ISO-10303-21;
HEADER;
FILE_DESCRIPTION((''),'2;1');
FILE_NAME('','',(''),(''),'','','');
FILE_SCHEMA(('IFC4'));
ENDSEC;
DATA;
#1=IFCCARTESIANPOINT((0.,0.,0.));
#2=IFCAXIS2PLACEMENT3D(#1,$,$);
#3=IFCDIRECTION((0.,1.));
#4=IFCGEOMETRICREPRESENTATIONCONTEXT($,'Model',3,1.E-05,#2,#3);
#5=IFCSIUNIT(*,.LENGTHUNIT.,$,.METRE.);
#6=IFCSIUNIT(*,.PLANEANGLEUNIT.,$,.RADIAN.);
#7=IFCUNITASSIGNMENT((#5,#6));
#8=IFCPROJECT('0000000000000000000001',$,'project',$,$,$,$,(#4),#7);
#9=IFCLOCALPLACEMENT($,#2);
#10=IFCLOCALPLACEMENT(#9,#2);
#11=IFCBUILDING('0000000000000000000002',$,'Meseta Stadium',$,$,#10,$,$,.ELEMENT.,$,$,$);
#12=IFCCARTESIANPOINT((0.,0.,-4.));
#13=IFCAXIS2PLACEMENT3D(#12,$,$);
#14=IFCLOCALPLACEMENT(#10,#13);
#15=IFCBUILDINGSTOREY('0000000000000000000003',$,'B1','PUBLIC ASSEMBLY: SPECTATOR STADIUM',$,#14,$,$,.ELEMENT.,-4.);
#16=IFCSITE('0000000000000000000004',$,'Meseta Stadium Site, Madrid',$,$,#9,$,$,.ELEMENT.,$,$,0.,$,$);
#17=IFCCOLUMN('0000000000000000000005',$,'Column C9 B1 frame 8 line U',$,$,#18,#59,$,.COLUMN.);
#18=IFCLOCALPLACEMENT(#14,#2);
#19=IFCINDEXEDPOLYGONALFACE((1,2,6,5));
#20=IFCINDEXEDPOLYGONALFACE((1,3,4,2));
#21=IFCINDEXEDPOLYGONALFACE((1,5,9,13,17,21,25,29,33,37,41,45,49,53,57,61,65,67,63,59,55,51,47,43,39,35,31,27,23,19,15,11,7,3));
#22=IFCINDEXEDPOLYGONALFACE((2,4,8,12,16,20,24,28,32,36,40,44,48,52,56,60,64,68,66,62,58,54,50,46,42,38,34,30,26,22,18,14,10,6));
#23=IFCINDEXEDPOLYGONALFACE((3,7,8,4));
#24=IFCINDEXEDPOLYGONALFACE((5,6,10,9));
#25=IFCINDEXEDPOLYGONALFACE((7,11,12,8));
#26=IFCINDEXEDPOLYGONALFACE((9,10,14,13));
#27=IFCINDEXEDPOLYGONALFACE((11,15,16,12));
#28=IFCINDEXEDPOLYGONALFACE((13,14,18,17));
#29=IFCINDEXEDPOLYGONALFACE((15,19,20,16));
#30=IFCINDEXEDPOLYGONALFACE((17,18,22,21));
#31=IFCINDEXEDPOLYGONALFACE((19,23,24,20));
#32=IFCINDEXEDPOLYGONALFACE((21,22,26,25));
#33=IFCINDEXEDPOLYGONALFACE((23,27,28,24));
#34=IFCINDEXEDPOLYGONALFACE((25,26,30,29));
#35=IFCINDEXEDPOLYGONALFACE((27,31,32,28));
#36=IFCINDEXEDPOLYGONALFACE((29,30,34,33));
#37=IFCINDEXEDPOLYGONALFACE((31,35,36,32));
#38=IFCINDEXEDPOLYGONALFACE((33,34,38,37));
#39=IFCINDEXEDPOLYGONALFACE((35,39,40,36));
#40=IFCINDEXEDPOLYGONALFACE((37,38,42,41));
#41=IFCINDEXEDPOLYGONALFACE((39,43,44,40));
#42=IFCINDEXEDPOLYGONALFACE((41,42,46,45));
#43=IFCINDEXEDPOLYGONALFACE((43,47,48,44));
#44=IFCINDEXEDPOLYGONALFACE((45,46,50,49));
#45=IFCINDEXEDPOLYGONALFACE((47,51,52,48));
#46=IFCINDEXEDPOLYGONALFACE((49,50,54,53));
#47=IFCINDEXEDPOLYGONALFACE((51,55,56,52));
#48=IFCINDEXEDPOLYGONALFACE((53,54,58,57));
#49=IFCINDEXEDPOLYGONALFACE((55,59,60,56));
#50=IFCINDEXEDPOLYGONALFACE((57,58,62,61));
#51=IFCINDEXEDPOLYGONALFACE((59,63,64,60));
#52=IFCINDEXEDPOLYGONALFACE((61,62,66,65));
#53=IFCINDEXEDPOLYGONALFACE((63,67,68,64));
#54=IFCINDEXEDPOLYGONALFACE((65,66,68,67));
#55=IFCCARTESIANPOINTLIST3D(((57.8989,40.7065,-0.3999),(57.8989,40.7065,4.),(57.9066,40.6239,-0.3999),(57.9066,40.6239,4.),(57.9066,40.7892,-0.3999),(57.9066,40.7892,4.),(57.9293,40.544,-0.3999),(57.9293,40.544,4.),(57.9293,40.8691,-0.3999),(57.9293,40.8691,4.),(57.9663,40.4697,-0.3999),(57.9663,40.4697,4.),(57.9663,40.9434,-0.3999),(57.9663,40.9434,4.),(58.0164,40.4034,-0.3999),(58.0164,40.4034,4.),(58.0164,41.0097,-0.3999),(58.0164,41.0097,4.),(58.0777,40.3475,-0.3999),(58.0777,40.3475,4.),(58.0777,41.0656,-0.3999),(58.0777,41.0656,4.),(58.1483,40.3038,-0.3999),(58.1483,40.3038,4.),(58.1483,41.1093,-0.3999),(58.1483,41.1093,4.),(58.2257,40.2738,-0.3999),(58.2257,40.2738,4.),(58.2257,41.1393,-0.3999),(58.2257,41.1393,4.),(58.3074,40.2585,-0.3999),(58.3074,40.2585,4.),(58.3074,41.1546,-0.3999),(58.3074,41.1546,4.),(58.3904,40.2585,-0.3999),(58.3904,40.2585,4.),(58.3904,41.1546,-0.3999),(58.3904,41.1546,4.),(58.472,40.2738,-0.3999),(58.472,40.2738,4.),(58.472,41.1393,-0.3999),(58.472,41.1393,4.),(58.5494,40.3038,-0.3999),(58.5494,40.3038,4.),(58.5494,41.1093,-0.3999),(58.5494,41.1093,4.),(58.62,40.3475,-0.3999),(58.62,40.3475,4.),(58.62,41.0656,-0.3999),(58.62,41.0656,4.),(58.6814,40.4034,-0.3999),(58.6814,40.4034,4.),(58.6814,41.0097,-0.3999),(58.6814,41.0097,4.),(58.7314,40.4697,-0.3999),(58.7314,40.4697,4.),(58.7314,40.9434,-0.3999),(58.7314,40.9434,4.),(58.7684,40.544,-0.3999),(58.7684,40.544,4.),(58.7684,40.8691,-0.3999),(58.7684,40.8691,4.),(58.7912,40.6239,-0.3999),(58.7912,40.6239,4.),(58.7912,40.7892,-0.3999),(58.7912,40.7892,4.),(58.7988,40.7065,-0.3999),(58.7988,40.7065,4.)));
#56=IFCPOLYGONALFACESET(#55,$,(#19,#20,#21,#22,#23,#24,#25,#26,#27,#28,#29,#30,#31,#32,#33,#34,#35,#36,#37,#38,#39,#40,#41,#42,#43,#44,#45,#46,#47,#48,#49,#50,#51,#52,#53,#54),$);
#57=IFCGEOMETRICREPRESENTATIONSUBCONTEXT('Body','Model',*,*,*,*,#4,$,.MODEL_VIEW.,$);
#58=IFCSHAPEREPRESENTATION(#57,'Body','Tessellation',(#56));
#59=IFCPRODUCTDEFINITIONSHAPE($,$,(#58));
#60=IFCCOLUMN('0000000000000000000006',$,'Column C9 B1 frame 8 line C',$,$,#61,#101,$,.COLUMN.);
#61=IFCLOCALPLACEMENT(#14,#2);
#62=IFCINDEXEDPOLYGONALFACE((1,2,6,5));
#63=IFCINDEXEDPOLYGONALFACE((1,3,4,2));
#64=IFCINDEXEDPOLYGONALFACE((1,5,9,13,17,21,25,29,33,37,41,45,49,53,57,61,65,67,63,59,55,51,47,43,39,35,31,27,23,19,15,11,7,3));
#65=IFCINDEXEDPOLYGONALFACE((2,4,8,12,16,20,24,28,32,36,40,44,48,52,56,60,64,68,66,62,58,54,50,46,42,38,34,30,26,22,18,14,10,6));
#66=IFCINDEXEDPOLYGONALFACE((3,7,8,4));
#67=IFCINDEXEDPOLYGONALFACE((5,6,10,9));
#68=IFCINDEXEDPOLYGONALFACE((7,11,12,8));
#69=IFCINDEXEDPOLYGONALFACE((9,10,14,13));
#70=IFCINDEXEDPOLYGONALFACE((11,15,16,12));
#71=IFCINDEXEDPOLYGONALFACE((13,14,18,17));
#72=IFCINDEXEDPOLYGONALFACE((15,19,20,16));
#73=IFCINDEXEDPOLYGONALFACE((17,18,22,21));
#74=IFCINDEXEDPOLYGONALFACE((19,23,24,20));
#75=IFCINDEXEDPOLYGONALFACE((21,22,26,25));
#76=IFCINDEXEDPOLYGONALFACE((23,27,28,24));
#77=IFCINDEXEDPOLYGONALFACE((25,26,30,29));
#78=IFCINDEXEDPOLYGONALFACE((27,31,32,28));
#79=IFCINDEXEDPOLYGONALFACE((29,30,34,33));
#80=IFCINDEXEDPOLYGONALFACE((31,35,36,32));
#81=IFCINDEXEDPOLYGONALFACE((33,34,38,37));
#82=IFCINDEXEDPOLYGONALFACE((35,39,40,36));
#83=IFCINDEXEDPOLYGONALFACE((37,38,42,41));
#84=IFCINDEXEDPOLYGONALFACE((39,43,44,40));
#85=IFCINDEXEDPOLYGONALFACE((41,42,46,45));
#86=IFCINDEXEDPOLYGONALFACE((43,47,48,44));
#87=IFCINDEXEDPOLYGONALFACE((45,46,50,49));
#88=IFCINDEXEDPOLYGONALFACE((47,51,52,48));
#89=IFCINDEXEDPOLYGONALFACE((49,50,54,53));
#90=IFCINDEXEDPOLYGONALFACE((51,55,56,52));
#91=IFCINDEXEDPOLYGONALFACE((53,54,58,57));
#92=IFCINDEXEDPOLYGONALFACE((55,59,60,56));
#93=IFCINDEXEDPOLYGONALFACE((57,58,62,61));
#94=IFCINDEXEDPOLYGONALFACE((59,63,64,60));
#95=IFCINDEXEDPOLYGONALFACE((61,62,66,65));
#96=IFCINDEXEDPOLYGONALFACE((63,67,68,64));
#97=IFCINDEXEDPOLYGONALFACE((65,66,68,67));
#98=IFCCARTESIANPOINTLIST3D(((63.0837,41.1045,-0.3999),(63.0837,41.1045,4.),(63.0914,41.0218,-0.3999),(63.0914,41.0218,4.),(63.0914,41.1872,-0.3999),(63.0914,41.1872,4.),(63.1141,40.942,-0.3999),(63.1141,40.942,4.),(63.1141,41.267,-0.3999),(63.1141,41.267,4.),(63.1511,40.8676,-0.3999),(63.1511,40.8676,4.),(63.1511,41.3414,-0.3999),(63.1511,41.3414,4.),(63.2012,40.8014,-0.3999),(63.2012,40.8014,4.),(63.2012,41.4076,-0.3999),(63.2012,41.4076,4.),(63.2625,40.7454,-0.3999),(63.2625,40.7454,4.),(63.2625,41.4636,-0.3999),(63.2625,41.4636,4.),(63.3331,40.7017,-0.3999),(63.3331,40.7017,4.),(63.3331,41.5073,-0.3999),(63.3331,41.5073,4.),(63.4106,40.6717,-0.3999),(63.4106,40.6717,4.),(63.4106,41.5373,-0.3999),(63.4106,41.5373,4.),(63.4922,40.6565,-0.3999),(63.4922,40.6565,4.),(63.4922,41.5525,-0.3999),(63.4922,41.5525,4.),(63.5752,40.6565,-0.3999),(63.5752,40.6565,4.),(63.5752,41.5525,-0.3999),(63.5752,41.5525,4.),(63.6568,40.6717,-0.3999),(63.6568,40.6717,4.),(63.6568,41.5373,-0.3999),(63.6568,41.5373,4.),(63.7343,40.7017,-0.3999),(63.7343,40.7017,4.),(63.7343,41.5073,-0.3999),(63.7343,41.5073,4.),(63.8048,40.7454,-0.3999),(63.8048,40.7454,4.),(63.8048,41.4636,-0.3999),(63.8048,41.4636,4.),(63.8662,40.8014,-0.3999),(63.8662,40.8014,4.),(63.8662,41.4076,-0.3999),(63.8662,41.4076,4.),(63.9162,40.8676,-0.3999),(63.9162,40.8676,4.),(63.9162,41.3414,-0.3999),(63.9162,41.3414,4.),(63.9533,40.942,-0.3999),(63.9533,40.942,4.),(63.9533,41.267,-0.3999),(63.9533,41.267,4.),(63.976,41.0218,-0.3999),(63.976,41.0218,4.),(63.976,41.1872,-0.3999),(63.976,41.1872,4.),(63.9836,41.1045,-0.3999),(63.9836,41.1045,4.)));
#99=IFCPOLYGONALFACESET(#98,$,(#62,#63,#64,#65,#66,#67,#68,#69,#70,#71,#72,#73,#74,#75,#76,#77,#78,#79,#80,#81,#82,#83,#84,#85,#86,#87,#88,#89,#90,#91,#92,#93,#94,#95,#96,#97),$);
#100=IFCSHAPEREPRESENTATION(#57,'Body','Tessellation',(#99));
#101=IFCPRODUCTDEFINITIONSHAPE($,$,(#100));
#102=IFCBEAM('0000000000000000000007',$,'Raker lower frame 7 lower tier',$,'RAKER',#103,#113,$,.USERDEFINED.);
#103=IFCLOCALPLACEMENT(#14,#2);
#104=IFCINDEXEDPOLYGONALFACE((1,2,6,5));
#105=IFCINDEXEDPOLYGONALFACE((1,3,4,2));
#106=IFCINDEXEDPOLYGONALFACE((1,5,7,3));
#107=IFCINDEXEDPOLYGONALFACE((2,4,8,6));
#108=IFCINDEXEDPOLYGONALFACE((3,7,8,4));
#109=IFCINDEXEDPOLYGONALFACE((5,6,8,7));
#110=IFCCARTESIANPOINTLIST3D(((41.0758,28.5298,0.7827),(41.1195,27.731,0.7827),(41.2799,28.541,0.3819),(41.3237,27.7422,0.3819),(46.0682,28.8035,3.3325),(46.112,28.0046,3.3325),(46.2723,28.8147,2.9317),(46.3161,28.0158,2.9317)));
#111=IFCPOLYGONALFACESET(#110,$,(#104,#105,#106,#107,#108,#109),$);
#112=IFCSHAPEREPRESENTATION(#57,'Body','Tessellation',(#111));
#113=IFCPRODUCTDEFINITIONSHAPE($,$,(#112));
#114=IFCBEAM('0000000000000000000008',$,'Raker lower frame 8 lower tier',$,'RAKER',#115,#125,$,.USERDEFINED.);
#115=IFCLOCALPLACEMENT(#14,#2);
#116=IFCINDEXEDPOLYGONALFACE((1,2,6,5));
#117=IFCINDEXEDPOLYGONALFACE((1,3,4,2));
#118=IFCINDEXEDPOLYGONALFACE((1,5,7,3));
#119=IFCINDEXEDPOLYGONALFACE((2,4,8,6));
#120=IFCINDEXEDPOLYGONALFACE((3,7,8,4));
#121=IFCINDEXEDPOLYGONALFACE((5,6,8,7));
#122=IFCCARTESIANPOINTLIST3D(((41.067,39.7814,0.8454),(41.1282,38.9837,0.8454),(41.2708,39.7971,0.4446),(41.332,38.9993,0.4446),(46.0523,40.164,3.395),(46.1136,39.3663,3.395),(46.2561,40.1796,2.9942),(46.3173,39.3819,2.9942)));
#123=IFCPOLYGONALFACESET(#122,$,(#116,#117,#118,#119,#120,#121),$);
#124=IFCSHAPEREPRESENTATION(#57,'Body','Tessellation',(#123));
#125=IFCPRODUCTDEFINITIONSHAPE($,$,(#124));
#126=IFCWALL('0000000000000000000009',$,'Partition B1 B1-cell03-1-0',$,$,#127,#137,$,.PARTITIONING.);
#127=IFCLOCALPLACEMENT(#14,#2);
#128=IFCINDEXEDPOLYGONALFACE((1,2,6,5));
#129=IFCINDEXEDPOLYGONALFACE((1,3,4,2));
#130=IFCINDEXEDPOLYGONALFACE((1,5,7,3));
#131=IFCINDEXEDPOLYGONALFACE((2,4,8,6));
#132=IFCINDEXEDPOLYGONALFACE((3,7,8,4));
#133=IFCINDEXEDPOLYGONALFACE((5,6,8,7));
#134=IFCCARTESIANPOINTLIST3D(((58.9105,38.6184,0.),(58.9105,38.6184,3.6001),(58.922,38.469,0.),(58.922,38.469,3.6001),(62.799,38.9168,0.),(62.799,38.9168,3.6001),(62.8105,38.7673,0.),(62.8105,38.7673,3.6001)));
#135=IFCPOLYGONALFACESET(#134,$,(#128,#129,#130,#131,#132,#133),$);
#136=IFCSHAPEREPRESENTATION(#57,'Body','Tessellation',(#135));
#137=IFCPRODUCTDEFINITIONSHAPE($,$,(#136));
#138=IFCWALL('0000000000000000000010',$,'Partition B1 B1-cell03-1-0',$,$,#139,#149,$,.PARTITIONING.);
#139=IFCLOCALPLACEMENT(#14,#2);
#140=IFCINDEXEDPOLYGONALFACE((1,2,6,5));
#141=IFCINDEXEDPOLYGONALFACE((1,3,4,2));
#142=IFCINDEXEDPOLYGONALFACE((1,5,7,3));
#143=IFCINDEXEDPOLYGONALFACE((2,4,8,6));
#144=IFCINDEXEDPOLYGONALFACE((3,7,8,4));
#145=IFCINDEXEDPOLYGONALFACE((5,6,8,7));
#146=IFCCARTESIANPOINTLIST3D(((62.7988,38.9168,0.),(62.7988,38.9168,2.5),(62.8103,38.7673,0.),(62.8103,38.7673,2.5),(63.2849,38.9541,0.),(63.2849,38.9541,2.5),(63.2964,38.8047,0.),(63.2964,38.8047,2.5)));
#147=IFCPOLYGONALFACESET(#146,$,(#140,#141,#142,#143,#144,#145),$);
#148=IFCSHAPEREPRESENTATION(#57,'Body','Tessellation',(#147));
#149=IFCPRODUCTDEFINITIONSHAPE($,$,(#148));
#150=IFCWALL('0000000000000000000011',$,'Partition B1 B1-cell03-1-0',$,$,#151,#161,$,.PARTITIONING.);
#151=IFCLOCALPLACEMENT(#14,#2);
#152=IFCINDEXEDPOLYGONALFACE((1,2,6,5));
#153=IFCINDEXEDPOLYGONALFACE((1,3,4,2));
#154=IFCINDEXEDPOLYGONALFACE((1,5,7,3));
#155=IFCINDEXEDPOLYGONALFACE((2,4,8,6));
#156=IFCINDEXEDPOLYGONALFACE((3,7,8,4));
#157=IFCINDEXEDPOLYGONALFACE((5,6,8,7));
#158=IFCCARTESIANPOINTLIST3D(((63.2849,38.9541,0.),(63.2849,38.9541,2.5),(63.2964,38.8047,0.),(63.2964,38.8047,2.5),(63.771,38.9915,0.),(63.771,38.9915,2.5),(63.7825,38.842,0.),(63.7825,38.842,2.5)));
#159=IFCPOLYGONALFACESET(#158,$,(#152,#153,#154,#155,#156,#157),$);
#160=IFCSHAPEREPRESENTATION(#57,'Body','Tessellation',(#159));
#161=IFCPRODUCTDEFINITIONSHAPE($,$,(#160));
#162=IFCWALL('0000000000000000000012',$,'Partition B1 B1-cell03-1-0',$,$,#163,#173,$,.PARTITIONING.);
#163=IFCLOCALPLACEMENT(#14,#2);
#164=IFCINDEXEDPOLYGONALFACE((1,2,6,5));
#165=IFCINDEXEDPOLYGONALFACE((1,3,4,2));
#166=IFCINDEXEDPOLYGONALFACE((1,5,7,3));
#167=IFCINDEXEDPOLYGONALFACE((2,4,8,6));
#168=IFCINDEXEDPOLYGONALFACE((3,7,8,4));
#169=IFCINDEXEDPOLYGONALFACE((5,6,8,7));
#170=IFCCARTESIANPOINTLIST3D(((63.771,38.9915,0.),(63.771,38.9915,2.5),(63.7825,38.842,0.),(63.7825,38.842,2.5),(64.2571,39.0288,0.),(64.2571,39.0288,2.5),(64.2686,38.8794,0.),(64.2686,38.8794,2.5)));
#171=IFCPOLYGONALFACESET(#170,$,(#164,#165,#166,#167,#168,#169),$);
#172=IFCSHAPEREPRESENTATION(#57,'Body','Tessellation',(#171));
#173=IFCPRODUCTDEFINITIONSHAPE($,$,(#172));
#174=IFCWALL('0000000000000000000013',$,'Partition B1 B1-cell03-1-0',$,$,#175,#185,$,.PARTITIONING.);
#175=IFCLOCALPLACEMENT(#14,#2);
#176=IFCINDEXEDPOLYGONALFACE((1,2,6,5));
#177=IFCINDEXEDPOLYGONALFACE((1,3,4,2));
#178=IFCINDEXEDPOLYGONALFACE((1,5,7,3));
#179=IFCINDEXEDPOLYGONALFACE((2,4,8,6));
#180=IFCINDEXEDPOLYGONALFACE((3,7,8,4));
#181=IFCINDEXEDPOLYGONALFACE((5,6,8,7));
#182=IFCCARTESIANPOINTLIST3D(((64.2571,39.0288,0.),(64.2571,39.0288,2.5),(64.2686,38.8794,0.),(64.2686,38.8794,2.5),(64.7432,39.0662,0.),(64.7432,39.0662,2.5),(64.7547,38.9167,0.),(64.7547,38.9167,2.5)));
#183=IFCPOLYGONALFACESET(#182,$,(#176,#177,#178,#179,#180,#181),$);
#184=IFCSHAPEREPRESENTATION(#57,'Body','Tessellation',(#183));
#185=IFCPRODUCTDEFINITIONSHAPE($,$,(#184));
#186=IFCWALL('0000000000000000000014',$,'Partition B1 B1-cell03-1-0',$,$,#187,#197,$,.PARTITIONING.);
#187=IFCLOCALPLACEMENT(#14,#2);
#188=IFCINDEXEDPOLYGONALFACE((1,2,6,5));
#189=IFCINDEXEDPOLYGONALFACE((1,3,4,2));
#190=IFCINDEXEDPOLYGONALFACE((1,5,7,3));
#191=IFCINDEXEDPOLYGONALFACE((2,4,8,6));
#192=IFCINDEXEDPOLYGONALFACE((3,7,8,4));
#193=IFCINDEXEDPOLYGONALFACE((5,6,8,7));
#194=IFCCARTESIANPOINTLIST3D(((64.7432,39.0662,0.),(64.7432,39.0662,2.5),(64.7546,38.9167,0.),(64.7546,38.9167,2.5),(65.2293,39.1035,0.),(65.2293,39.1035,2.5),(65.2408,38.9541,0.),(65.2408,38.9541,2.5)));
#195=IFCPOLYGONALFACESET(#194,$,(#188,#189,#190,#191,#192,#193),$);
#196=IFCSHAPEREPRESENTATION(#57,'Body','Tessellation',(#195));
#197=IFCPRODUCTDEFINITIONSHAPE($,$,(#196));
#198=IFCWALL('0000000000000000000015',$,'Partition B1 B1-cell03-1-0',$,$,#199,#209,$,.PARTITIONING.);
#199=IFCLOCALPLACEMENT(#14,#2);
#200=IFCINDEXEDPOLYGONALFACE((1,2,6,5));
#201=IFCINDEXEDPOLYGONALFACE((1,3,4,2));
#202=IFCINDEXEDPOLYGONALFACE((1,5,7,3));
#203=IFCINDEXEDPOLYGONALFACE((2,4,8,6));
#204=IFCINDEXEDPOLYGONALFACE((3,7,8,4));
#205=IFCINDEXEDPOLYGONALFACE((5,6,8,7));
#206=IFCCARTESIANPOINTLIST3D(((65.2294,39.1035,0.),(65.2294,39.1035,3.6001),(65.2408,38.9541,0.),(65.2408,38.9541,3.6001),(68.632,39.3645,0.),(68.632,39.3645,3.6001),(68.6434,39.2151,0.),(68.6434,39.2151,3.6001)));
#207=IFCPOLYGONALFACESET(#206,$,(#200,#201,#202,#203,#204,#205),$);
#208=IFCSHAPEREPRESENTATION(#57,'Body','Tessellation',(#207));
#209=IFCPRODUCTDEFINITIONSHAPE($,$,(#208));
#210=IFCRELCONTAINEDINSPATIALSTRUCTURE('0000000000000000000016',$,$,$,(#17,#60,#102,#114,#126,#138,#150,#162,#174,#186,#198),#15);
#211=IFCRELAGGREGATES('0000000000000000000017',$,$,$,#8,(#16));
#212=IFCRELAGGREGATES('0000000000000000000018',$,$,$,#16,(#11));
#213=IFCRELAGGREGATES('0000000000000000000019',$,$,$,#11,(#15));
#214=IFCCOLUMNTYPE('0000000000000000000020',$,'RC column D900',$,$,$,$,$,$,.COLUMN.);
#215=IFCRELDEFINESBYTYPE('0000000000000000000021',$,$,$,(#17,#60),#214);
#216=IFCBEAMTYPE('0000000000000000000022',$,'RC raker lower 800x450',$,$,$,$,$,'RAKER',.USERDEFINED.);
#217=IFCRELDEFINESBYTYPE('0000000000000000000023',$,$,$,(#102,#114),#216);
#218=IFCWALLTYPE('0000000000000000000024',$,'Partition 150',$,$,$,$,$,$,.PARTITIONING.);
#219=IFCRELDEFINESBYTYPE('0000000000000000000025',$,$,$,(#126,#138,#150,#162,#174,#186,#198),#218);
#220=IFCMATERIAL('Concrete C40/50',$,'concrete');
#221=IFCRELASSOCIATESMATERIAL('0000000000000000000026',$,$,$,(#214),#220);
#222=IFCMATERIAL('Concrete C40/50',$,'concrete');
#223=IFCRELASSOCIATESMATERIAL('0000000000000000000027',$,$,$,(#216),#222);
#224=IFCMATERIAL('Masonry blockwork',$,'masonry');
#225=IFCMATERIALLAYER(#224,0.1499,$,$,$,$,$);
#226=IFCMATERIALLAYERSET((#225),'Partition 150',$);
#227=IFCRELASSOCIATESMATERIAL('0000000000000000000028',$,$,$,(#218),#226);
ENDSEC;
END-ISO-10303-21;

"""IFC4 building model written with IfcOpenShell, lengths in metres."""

from ifc_helpers import new_model, si_unit, direction, frame, frame_2d, origin, origin_2d, place, context, subcontext, project, spatial, rectangle, circle, extrude, material, layer, layer_set, material_profile, profile_set, type_object, element, save


model = new_model("IFC4")

# Units and contexts
model_context = context("Model", 3, precision=1e-05, world=origin(), true_north=direction((0.0, 1.0)))
body_context = subcontext(model_context, "Body", "Model", "MODEL_VIEW")
ifc_project = project(units=[si_unit("LENGTHUNIT", "METRE"), si_unit("PLANEANGLEUNIT", "RADIAN")], contexts=[model_context])

# Site, building, storey
site_placement = place(None, origin())
site = spatial("IfcSite", under=ifc_project, at=site_placement, Name="Meseta Stadium Site, Madrid", CompositionType="ELEMENT", RefElevation=0.0)
building_placement = place(site_placement, origin())
building = spatial("IfcBuilding", under=site, at=building_placement, Name="Meseta Stadium", CompositionType="ELEMENT")
storey_placement = place(building_placement, frame((0.0, 0.0, -4.0)))
storey = spatial("IfcBuildingStorey", under=building, at=storey_placement, Name="B1", Description="PUBLIC ASSEMBLY: SPECTATOR STADIUM", CompositionType="ELEMENT", Elevation=-4.0)

# Columns
ifc_material_1 = material(Name="Concrete C40/50", Category="concrete")
ifc_material_profile_1 = material_profile(ifc_material_1, circle(Radius=0.45, at=origin_2d()), Name="RC D900")
ifc_profile_set_1 = profile_set([ifc_material_profile_1], Name="Concrete C40/50")
column_type_1 = type_object("IfcColumnType", Name="RC column D900", PredefinedType="COLUMN", material=ifc_profile_set_1)
for number, where, z_axis, x_axis, name in (
    (1, (58.3489, 40.7065, -0.3999), (0.0, 0.0, 1.0), (1.0, 0.0, 0.0), "Column C9 B1 frame 8 line U"),
    (2, (63.5337, 41.1045, -0.3999), (0.0, 0.0, 1.0), (1.0, 0.0, 0.0), "Column C9 B1 frame 8 line C"),
):
    element("IfcColumn", number, at=place(storey_placement, frame(where, z_axis=z_axis, x_axis=x_axis)), inside=storey, type_object=column_type_1, Name=name, PredefinedType="COLUMN", context=body_context, shape_type="SweptSolid", body=[
        extrude(circle(Radius=0.45, at=origin_2d()), origin(), (0.0, 0.0, 1.0), 4.3999),
    ])

# Beams
ifc_material_2 = material(Name="Concrete C40/50", Category="concrete")
ifc_material_profile_2 = material_profile(ifc_material_2, rectangle(XDim=0.8, YDim=0.45, at=origin_2d()), Name="RC 800x450")
ifc_profile_set_2 = profile_set([ifc_material_profile_2], Name="Concrete C40/50")
beam_type = type_object("IfcBeamType", Name="RC raker lower 800x450", ElementType="RAKER", PredefinedType="USERDEFINED", material=ifc_profile_set_2)
for number, where, z_axis, x_axis, name in (
    (3, (41.1997, 28.136, 0.5823), (0.889511, 0.048762, 0.454304), (-0.054737, 0.998501, 0.0), "Raker lower frame 7 lower tier"),
    (4, (41.1995, 39.3904, 0.645), (0.888256, 0.068163, 0.454263), (-0.076514, 0.997069, 0.0), "Raker lower frame 8 lower tier"),
):
    element("IfcBeam", number, at=place(storey_placement, frame(where, z_axis=z_axis, x_axis=x_axis)), inside=storey, type_object=beam_type, Name=name, ObjectType="RAKER", PredefinedType="USERDEFINED", context=body_context, shape_type="SweptSolid", body=[
        extrude(rectangle(XDim=0.8, YDim=0.45, at=origin_2d()), origin(), (0.0, 0.0, 1.0), 5.6125),
    ])

# Walls
ifc_material_3 = material(Name="Masonry blockwork", Category="masonry")
ifc_layer_1 = layer(ifc_material_3, 0.1499)
ifc_layer_set_1 = layer_set([ifc_layer_1], Name="Partition 150")
wall_type_1 = type_object("IfcWallType", Name="Partition 150", PredefinedType="PARTITIONING", material=ifc_layer_set_1)
wall_1_placement = place(storey_placement, frame((58.9163, 38.5437, 0.0), z_axis=(0.0, 0.0, 1.0), x_axis=(0.99707, 0.0765, 0.0)))
element("IfcWall", 5, at=wall_1_placement, inside=storey, type_object=wall_type_1, Name="Partition B1 B1-cell03-1-0", PredefinedType="PARTITIONING", context=body_context, shape_type="SweptSolid", body=[
    extrude(rectangle(XDim=3.8999, YDim=0.1499, at=frame_2d((1.95, 0.0))), origin(), (0.0, 0.0, 1.0), 3.6001),
])
for number, where, z_axis, x_axis, name in (
    (6, (62.8047, 38.842, 0.0), (0.0, 0.0, 1.0), (0.99706, 0.07662, 0.0), "Partition B1 B1-cell03-1-0"),
    (7, (63.2908, 38.8794, 0.0), (0.0, 0.0, 1.0), (0.99706, 0.07662, 0.0), "Partition B1 B1-cell03-1-0"),
    (8, (63.7769, 38.9167, 0.0), (0.0, 0.0, 1.0), (0.99706, 0.07662, 0.0), "Partition B1 B1-cell03-1-0"),
    (9, (64.2629, 38.9541, 0.0), (0.0, 0.0, 1.0), (0.99706, 0.07662, 0.0), "Partition B1 B1-cell03-1-0"),
    (10, (64.749, 38.9915, 0.0), (0.0, 0.0, 1.0), (0.99706, 0.07662, 0.0), "Partition B1 B1-cell03-1-0"),
):
    element("IfcWall", number, at=place(storey_placement, frame(where, z_axis=z_axis, x_axis=x_axis)), inside=storey, type_object=wall_type_1, Name=name, PredefinedType="PARTITIONING", context=body_context, shape_type="SweptSolid", body=[
        extrude(rectangle(XDim=0.4875, YDim=0.1499, at=frame_2d((0.2437, 0.0))), origin(), (0.0, 0.0, 1.0), 2.5),
    ])
wall_2_placement = place(storey_placement, frame((65.2351, 39.0288, 0.0), z_axis=(0.0, 0.0, 1.0), x_axis=(0.997071, 0.076478, 0.0)))
element("IfcWall", 11, at=wall_2_placement, inside=storey, type_object=wall_type_1, Name="Partition B1 B1-cell03-1-0", PredefinedType="PARTITIONING", context=body_context, shape_type="SweptSolid", body=[
    extrude(rectangle(XDim=3.4126, YDim=0.1499, at=frame_2d((1.7063, 0.0))), origin(), (0.0, 0.0, 1.0), 3.6001),
])

save(model, "model.ifc")
